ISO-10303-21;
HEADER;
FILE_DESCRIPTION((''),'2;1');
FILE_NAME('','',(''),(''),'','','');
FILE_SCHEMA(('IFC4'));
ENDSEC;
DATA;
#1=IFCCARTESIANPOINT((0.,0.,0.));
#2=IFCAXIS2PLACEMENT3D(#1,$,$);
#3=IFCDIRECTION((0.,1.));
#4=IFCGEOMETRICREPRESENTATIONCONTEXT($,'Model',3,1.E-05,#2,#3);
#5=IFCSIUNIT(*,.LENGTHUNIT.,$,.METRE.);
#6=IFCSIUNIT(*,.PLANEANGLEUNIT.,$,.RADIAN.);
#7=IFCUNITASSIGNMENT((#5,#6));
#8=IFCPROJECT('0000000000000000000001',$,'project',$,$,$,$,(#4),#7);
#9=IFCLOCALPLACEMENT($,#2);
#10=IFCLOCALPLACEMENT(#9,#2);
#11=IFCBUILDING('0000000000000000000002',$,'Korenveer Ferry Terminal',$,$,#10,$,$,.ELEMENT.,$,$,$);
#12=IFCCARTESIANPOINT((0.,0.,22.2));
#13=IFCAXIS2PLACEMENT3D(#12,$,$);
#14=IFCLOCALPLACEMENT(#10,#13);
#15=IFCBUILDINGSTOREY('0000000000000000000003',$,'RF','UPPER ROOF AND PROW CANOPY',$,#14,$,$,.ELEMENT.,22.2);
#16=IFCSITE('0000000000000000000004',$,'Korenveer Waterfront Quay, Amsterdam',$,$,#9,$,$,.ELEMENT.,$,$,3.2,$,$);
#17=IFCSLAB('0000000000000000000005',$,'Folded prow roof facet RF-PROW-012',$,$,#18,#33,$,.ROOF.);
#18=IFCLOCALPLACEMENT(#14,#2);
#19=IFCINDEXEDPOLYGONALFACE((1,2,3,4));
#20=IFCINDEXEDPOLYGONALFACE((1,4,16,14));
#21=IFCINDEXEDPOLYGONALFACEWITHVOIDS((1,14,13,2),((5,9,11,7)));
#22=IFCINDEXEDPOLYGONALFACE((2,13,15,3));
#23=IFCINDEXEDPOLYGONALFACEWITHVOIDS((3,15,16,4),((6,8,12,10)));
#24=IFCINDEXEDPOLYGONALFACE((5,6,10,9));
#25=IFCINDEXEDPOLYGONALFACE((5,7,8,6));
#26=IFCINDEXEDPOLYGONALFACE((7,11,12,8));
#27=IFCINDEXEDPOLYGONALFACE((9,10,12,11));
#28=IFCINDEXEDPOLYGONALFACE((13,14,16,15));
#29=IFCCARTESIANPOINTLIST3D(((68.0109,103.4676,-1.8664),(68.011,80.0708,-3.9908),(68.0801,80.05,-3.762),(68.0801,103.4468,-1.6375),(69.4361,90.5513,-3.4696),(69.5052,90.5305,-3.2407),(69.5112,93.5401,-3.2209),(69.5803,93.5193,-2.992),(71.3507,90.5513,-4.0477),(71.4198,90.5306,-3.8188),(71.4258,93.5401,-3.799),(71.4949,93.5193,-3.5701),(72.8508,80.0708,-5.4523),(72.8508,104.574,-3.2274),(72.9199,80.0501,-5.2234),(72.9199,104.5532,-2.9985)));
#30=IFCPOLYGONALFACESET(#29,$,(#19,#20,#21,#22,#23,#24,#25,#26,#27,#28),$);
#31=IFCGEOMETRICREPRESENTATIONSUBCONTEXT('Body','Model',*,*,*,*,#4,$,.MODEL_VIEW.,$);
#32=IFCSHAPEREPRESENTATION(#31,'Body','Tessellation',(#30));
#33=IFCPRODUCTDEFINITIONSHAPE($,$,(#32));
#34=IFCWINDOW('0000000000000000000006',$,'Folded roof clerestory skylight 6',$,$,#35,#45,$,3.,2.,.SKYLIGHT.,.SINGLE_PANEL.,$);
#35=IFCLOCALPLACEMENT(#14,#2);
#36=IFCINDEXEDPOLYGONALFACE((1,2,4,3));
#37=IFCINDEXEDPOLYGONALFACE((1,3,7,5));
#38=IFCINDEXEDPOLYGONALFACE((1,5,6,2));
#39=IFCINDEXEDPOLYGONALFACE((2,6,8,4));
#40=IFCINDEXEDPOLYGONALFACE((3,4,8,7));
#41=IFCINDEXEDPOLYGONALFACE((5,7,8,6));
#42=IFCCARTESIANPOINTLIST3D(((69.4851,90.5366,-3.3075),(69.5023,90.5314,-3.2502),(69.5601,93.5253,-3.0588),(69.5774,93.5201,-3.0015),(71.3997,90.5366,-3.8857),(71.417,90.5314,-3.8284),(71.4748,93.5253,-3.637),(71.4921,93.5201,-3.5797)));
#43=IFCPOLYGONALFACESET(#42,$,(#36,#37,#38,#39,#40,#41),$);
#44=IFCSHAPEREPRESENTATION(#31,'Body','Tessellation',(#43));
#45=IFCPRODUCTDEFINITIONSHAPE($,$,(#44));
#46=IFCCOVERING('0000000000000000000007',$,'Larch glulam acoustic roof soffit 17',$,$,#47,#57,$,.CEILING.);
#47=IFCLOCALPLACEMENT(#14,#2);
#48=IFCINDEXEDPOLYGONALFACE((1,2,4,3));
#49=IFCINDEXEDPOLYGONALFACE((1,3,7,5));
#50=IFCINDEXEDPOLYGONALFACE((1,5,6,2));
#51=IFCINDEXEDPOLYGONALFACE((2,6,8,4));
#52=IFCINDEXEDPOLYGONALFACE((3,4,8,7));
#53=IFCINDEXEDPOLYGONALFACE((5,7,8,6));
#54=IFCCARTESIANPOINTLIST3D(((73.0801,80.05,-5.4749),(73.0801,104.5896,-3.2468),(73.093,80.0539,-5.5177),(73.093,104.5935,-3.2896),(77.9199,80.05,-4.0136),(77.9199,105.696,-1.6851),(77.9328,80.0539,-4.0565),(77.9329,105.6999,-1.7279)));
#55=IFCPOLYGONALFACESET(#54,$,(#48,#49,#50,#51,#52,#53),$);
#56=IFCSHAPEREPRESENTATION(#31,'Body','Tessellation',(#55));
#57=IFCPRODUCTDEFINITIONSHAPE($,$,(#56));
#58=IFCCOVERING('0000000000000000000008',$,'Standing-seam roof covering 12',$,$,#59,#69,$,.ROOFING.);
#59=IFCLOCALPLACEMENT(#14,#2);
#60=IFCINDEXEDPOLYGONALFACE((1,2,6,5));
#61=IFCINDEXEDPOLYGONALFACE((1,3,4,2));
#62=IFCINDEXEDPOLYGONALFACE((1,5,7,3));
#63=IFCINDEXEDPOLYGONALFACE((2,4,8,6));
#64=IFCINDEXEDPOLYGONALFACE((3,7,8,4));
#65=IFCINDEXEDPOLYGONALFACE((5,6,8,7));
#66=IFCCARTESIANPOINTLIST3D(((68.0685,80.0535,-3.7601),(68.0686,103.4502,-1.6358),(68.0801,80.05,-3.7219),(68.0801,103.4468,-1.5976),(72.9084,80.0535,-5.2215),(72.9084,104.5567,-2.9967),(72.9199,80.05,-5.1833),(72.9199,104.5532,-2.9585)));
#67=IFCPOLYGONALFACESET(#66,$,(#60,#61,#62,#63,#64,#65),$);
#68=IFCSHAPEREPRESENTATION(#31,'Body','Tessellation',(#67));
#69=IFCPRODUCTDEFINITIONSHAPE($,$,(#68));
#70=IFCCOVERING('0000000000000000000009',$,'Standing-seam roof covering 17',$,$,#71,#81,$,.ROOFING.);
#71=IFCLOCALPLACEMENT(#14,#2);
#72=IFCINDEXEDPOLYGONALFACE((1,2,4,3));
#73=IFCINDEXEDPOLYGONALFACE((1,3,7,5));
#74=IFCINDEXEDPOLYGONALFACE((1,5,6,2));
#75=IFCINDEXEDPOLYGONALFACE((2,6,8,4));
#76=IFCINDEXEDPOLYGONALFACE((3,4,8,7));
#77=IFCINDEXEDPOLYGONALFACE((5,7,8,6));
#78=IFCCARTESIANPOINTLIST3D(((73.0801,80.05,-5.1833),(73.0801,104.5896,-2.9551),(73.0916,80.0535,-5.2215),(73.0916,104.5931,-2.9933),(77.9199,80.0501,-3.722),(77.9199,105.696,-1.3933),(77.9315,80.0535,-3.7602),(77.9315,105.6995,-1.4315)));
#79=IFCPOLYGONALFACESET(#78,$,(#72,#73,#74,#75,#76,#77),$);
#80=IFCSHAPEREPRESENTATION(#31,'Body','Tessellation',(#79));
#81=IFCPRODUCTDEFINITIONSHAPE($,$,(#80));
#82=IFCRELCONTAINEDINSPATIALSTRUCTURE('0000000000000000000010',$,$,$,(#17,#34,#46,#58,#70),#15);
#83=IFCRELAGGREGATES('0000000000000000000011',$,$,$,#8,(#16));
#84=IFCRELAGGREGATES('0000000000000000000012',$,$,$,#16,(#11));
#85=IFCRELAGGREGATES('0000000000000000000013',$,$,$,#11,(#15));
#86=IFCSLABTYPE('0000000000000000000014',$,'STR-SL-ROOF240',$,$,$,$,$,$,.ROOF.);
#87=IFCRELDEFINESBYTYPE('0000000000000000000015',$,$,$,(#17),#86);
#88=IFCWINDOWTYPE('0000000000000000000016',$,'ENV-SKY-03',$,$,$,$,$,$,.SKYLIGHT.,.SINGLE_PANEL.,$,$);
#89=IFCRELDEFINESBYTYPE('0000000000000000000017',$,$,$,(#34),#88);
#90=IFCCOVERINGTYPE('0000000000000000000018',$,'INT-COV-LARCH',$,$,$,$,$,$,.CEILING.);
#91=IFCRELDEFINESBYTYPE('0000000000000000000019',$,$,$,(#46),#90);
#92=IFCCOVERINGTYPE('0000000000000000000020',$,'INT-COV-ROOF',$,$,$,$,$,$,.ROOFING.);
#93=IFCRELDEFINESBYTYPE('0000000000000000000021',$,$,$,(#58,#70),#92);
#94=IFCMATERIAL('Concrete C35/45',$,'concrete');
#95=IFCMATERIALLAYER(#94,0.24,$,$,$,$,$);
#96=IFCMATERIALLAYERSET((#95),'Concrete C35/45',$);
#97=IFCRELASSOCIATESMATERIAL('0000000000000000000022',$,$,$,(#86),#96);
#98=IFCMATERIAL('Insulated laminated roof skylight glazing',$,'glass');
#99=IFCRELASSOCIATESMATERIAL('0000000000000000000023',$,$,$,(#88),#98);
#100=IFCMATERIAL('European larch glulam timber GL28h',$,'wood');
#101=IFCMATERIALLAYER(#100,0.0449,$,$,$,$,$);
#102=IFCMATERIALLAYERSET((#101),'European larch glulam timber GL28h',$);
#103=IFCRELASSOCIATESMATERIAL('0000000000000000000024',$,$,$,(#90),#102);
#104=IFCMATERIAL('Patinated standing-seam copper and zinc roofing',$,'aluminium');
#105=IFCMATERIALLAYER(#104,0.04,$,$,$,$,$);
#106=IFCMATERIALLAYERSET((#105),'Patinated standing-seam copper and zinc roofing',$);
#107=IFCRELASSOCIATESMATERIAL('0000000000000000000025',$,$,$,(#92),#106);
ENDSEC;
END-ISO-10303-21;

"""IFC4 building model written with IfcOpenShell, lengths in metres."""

from ifc_helpers import new_model, si_unit, direction, frame, origin, origin_2d, place, context, subcontext, project, spatial, polyline, rectangle, outline, extrude, material, layer, layer_set, type_object, element, fill, save


model = new_model("IFC4")

# Units and contexts
model_context = context("Model", 3, precision=1e-05, world=origin(), true_north=direction((0.0, 1.0)))
body_context = subcontext(model_context, "Body", "Model", "MODEL_VIEW")
ifc_project = project(units=[si_unit("LENGTHUNIT", "METRE"), si_unit("PLANEANGLEUNIT", "RADIAN")], contexts=[model_context])

# Site, building, storey
site_placement = place(None, origin())
site = spatial("IfcSite", under=ifc_project, at=site_placement, Name="Korenveer Waterfront Quay, Amsterdam", CompositionType="ELEMENT", RefElevation=3.2)
building_placement = place(site_placement, origin())
building = spatial("IfcBuilding", under=site, at=building_placement, Name="Korenveer Ferry Terminal", CompositionType="ELEMENT")
storey_placement = place(building_placement, frame((0.0, 0.0, 22.2)))
storey = spatial("IfcBuildingStorey", under=building, at=storey_placement, Name="RF", Description="UPPER ROOF AND PROW CANOPY", CompositionType="ELEMENT", Elevation=22.2)

# Slab, opening, window
ifc_material_1 = material(Name="Concrete C35/45", Category="concrete")
ifc_layer_1 = layer(ifc_material_1, 0.24)
ifc_layer_set_1 = layer_set([ifc_layer_1], Name="Concrete C35/45")
slab_type = type_object("IfcSlabType", Name="STR-SL-ROOF240", PredefinedType="ROOF", material=ifc_layer_set_1)
slab_1_placement = place(storey_placement, frame((68.0801, 80.05, -3.762), z_axis=(0.287992, -0.086598, 0.953709), x_axis=(0.957306, 0.000001, -0.289078)))
slab_1 = element("IfcSlab", 1, at=slab_1_placement, inside=storey, type_object=slab_type, Name="Folded prow roof facet RF-PROW-012", PredefinedType="ROOF", context=body_context, shape_type="SweptSolid", body=[
    extrude(outline(polyline([(0.0, 0.0), (5.0557, 0.0), (4.4125, 24.5956), (-0.6141, 23.485), (0.0, 0.0)])), origin(), (0.0, 0.0, -1.0), 0.24),
])
opening_placement = place(slab_1_placement, frame((2.2136, 12.02, 0.01)))
opening = element("IfcOpeningElement", 2, at=opening_placement, cuts=slab_1, PredefinedType="OPENING", context=body_context, shape_type="SweptSolid", body=[
    extrude(rectangle(XDim=2.0, YDim=3.0, at=origin_2d()), origin(), (0.0, 0.0, -1.0), 0.26),
])
ifc_material_2 = material(Name="Insulated laminated roof skylight glazing", Category="glass")
window_type = type_object("IfcWindowType", Name="ENV-SKY-03", PartitioningType="SINGLE_PANEL", PredefinedType="SKYLIGHT", material=ifc_material_2)
window_placement = place(slab_1_placement, frame((2.2136, 12.02, -0.01)))
window = element("IfcWindow", 3, at=window_placement, inside=storey, type_object=window_type, Name="Folded roof clerestory skylight 6", OverallHeight=3.0, OverallWidth=2.0, PartitioningType="SINGLE_PANEL", PredefinedType="SKYLIGHT", context=body_context, shape_type="SweptSolid", body=[
    extrude(rectangle(XDim=2.0, YDim=3.0, at=origin_2d()), origin(), (0.0, 0.0, -1.0), 0.0601),
])
fill(opening, window)

# Coverings
ifc_material_3 = material(Name="European larch glulam timber GL28h", Category="wood")
ifc_layer_2 = layer(ifc_material_3, 0.0449)
ifc_layer_set_2 = layer_set([ifc_layer_2], Name="European larch glulam timber GL28h")
covering_type_1 = type_object("IfcCoveringType", Name="INT-COV-LARCH", PredefinedType="CEILING", material=ifc_layer_set_2)
covering_1_placement = place(storey_placement, frame((73.0801, 80.05, -5.4749), z_axis=(-0.287948, -0.086594, 0.953723), x_axis=(0.957319, -0.000001, 0.289033)))
element("IfcCovering", 4, at=covering_1_placement, inside=storey, type_object=covering_type_1, Name="Larch glulam acoustic roof soffit 17", PredefinedType="CEILING", context=body_context, shape_type="SweptSolid", body=[
    extrude(outline(polyline([(0.0, 0.0), (5.0556, 0.0), (5.7286, 25.7427), (0.6439, 24.6321), (0.0, 0.0)])), origin(), (0.0, 0.0, -1.0), 0.0449),
])
ifc_material_4 = material(Name="Patinated standing-seam copper and zinc roofing", Category="aluminium")
ifc_layer_3 = layer(ifc_material_4, 0.04)
ifc_layer_set_3 = layer_set([ifc_layer_3], Name="Patinated standing-seam copper and zinc roofing")
covering_type_2 = type_object("IfcCoveringType", Name="INT-COV-ROOF", PredefinedType="ROOFING", material=ifc_layer_set_3)
covering_2_placement = place(storey_placement, frame((68.0801, 80.05, -3.7219), z_axis=(0.287969, -0.086594, 0.953717), x_axis=(0.957312, -0.000001, -0.289055)))
element("IfcCovering", 5, at=covering_2_placement, inside=storey, type_object=covering_type_2, Name="Standing-seam roof covering 12", PredefinedType="ROOFING", context=body_context, shape_type="SweptSolid", body=[
    extrude(outline(polyline([(0.0, 0.0), (5.0557, 0.0), (4.4125, 24.5956), (-0.6141, 23.4849), (0.0, 0.0)])), origin(), (0.0, 0.0, -1.0), 0.04),
])
covering_3_placement = place(storey_placement, frame((73.0801, 80.05, -5.1833), z_axis=(-0.287969, -0.086598, 0.953716), x_axis=(0.957312, 0.000001, 0.289055)))
element("IfcCovering", 6, at=covering_3_placement, inside=storey, type_object=covering_type_2, Name="Standing-seam roof covering 17", PredefinedType="ROOFING", context=body_context, shape_type="SweptSolid", body=[
    extrude(outline(polyline([(0.0, 0.0), (5.0557, 0.0), (5.7288, 25.7427), (0.6441, 24.6321), (0.0, 0.0)])), origin(), (0.0, 0.0, -1.0), 0.04),
])

save(model, "model.ifc")
